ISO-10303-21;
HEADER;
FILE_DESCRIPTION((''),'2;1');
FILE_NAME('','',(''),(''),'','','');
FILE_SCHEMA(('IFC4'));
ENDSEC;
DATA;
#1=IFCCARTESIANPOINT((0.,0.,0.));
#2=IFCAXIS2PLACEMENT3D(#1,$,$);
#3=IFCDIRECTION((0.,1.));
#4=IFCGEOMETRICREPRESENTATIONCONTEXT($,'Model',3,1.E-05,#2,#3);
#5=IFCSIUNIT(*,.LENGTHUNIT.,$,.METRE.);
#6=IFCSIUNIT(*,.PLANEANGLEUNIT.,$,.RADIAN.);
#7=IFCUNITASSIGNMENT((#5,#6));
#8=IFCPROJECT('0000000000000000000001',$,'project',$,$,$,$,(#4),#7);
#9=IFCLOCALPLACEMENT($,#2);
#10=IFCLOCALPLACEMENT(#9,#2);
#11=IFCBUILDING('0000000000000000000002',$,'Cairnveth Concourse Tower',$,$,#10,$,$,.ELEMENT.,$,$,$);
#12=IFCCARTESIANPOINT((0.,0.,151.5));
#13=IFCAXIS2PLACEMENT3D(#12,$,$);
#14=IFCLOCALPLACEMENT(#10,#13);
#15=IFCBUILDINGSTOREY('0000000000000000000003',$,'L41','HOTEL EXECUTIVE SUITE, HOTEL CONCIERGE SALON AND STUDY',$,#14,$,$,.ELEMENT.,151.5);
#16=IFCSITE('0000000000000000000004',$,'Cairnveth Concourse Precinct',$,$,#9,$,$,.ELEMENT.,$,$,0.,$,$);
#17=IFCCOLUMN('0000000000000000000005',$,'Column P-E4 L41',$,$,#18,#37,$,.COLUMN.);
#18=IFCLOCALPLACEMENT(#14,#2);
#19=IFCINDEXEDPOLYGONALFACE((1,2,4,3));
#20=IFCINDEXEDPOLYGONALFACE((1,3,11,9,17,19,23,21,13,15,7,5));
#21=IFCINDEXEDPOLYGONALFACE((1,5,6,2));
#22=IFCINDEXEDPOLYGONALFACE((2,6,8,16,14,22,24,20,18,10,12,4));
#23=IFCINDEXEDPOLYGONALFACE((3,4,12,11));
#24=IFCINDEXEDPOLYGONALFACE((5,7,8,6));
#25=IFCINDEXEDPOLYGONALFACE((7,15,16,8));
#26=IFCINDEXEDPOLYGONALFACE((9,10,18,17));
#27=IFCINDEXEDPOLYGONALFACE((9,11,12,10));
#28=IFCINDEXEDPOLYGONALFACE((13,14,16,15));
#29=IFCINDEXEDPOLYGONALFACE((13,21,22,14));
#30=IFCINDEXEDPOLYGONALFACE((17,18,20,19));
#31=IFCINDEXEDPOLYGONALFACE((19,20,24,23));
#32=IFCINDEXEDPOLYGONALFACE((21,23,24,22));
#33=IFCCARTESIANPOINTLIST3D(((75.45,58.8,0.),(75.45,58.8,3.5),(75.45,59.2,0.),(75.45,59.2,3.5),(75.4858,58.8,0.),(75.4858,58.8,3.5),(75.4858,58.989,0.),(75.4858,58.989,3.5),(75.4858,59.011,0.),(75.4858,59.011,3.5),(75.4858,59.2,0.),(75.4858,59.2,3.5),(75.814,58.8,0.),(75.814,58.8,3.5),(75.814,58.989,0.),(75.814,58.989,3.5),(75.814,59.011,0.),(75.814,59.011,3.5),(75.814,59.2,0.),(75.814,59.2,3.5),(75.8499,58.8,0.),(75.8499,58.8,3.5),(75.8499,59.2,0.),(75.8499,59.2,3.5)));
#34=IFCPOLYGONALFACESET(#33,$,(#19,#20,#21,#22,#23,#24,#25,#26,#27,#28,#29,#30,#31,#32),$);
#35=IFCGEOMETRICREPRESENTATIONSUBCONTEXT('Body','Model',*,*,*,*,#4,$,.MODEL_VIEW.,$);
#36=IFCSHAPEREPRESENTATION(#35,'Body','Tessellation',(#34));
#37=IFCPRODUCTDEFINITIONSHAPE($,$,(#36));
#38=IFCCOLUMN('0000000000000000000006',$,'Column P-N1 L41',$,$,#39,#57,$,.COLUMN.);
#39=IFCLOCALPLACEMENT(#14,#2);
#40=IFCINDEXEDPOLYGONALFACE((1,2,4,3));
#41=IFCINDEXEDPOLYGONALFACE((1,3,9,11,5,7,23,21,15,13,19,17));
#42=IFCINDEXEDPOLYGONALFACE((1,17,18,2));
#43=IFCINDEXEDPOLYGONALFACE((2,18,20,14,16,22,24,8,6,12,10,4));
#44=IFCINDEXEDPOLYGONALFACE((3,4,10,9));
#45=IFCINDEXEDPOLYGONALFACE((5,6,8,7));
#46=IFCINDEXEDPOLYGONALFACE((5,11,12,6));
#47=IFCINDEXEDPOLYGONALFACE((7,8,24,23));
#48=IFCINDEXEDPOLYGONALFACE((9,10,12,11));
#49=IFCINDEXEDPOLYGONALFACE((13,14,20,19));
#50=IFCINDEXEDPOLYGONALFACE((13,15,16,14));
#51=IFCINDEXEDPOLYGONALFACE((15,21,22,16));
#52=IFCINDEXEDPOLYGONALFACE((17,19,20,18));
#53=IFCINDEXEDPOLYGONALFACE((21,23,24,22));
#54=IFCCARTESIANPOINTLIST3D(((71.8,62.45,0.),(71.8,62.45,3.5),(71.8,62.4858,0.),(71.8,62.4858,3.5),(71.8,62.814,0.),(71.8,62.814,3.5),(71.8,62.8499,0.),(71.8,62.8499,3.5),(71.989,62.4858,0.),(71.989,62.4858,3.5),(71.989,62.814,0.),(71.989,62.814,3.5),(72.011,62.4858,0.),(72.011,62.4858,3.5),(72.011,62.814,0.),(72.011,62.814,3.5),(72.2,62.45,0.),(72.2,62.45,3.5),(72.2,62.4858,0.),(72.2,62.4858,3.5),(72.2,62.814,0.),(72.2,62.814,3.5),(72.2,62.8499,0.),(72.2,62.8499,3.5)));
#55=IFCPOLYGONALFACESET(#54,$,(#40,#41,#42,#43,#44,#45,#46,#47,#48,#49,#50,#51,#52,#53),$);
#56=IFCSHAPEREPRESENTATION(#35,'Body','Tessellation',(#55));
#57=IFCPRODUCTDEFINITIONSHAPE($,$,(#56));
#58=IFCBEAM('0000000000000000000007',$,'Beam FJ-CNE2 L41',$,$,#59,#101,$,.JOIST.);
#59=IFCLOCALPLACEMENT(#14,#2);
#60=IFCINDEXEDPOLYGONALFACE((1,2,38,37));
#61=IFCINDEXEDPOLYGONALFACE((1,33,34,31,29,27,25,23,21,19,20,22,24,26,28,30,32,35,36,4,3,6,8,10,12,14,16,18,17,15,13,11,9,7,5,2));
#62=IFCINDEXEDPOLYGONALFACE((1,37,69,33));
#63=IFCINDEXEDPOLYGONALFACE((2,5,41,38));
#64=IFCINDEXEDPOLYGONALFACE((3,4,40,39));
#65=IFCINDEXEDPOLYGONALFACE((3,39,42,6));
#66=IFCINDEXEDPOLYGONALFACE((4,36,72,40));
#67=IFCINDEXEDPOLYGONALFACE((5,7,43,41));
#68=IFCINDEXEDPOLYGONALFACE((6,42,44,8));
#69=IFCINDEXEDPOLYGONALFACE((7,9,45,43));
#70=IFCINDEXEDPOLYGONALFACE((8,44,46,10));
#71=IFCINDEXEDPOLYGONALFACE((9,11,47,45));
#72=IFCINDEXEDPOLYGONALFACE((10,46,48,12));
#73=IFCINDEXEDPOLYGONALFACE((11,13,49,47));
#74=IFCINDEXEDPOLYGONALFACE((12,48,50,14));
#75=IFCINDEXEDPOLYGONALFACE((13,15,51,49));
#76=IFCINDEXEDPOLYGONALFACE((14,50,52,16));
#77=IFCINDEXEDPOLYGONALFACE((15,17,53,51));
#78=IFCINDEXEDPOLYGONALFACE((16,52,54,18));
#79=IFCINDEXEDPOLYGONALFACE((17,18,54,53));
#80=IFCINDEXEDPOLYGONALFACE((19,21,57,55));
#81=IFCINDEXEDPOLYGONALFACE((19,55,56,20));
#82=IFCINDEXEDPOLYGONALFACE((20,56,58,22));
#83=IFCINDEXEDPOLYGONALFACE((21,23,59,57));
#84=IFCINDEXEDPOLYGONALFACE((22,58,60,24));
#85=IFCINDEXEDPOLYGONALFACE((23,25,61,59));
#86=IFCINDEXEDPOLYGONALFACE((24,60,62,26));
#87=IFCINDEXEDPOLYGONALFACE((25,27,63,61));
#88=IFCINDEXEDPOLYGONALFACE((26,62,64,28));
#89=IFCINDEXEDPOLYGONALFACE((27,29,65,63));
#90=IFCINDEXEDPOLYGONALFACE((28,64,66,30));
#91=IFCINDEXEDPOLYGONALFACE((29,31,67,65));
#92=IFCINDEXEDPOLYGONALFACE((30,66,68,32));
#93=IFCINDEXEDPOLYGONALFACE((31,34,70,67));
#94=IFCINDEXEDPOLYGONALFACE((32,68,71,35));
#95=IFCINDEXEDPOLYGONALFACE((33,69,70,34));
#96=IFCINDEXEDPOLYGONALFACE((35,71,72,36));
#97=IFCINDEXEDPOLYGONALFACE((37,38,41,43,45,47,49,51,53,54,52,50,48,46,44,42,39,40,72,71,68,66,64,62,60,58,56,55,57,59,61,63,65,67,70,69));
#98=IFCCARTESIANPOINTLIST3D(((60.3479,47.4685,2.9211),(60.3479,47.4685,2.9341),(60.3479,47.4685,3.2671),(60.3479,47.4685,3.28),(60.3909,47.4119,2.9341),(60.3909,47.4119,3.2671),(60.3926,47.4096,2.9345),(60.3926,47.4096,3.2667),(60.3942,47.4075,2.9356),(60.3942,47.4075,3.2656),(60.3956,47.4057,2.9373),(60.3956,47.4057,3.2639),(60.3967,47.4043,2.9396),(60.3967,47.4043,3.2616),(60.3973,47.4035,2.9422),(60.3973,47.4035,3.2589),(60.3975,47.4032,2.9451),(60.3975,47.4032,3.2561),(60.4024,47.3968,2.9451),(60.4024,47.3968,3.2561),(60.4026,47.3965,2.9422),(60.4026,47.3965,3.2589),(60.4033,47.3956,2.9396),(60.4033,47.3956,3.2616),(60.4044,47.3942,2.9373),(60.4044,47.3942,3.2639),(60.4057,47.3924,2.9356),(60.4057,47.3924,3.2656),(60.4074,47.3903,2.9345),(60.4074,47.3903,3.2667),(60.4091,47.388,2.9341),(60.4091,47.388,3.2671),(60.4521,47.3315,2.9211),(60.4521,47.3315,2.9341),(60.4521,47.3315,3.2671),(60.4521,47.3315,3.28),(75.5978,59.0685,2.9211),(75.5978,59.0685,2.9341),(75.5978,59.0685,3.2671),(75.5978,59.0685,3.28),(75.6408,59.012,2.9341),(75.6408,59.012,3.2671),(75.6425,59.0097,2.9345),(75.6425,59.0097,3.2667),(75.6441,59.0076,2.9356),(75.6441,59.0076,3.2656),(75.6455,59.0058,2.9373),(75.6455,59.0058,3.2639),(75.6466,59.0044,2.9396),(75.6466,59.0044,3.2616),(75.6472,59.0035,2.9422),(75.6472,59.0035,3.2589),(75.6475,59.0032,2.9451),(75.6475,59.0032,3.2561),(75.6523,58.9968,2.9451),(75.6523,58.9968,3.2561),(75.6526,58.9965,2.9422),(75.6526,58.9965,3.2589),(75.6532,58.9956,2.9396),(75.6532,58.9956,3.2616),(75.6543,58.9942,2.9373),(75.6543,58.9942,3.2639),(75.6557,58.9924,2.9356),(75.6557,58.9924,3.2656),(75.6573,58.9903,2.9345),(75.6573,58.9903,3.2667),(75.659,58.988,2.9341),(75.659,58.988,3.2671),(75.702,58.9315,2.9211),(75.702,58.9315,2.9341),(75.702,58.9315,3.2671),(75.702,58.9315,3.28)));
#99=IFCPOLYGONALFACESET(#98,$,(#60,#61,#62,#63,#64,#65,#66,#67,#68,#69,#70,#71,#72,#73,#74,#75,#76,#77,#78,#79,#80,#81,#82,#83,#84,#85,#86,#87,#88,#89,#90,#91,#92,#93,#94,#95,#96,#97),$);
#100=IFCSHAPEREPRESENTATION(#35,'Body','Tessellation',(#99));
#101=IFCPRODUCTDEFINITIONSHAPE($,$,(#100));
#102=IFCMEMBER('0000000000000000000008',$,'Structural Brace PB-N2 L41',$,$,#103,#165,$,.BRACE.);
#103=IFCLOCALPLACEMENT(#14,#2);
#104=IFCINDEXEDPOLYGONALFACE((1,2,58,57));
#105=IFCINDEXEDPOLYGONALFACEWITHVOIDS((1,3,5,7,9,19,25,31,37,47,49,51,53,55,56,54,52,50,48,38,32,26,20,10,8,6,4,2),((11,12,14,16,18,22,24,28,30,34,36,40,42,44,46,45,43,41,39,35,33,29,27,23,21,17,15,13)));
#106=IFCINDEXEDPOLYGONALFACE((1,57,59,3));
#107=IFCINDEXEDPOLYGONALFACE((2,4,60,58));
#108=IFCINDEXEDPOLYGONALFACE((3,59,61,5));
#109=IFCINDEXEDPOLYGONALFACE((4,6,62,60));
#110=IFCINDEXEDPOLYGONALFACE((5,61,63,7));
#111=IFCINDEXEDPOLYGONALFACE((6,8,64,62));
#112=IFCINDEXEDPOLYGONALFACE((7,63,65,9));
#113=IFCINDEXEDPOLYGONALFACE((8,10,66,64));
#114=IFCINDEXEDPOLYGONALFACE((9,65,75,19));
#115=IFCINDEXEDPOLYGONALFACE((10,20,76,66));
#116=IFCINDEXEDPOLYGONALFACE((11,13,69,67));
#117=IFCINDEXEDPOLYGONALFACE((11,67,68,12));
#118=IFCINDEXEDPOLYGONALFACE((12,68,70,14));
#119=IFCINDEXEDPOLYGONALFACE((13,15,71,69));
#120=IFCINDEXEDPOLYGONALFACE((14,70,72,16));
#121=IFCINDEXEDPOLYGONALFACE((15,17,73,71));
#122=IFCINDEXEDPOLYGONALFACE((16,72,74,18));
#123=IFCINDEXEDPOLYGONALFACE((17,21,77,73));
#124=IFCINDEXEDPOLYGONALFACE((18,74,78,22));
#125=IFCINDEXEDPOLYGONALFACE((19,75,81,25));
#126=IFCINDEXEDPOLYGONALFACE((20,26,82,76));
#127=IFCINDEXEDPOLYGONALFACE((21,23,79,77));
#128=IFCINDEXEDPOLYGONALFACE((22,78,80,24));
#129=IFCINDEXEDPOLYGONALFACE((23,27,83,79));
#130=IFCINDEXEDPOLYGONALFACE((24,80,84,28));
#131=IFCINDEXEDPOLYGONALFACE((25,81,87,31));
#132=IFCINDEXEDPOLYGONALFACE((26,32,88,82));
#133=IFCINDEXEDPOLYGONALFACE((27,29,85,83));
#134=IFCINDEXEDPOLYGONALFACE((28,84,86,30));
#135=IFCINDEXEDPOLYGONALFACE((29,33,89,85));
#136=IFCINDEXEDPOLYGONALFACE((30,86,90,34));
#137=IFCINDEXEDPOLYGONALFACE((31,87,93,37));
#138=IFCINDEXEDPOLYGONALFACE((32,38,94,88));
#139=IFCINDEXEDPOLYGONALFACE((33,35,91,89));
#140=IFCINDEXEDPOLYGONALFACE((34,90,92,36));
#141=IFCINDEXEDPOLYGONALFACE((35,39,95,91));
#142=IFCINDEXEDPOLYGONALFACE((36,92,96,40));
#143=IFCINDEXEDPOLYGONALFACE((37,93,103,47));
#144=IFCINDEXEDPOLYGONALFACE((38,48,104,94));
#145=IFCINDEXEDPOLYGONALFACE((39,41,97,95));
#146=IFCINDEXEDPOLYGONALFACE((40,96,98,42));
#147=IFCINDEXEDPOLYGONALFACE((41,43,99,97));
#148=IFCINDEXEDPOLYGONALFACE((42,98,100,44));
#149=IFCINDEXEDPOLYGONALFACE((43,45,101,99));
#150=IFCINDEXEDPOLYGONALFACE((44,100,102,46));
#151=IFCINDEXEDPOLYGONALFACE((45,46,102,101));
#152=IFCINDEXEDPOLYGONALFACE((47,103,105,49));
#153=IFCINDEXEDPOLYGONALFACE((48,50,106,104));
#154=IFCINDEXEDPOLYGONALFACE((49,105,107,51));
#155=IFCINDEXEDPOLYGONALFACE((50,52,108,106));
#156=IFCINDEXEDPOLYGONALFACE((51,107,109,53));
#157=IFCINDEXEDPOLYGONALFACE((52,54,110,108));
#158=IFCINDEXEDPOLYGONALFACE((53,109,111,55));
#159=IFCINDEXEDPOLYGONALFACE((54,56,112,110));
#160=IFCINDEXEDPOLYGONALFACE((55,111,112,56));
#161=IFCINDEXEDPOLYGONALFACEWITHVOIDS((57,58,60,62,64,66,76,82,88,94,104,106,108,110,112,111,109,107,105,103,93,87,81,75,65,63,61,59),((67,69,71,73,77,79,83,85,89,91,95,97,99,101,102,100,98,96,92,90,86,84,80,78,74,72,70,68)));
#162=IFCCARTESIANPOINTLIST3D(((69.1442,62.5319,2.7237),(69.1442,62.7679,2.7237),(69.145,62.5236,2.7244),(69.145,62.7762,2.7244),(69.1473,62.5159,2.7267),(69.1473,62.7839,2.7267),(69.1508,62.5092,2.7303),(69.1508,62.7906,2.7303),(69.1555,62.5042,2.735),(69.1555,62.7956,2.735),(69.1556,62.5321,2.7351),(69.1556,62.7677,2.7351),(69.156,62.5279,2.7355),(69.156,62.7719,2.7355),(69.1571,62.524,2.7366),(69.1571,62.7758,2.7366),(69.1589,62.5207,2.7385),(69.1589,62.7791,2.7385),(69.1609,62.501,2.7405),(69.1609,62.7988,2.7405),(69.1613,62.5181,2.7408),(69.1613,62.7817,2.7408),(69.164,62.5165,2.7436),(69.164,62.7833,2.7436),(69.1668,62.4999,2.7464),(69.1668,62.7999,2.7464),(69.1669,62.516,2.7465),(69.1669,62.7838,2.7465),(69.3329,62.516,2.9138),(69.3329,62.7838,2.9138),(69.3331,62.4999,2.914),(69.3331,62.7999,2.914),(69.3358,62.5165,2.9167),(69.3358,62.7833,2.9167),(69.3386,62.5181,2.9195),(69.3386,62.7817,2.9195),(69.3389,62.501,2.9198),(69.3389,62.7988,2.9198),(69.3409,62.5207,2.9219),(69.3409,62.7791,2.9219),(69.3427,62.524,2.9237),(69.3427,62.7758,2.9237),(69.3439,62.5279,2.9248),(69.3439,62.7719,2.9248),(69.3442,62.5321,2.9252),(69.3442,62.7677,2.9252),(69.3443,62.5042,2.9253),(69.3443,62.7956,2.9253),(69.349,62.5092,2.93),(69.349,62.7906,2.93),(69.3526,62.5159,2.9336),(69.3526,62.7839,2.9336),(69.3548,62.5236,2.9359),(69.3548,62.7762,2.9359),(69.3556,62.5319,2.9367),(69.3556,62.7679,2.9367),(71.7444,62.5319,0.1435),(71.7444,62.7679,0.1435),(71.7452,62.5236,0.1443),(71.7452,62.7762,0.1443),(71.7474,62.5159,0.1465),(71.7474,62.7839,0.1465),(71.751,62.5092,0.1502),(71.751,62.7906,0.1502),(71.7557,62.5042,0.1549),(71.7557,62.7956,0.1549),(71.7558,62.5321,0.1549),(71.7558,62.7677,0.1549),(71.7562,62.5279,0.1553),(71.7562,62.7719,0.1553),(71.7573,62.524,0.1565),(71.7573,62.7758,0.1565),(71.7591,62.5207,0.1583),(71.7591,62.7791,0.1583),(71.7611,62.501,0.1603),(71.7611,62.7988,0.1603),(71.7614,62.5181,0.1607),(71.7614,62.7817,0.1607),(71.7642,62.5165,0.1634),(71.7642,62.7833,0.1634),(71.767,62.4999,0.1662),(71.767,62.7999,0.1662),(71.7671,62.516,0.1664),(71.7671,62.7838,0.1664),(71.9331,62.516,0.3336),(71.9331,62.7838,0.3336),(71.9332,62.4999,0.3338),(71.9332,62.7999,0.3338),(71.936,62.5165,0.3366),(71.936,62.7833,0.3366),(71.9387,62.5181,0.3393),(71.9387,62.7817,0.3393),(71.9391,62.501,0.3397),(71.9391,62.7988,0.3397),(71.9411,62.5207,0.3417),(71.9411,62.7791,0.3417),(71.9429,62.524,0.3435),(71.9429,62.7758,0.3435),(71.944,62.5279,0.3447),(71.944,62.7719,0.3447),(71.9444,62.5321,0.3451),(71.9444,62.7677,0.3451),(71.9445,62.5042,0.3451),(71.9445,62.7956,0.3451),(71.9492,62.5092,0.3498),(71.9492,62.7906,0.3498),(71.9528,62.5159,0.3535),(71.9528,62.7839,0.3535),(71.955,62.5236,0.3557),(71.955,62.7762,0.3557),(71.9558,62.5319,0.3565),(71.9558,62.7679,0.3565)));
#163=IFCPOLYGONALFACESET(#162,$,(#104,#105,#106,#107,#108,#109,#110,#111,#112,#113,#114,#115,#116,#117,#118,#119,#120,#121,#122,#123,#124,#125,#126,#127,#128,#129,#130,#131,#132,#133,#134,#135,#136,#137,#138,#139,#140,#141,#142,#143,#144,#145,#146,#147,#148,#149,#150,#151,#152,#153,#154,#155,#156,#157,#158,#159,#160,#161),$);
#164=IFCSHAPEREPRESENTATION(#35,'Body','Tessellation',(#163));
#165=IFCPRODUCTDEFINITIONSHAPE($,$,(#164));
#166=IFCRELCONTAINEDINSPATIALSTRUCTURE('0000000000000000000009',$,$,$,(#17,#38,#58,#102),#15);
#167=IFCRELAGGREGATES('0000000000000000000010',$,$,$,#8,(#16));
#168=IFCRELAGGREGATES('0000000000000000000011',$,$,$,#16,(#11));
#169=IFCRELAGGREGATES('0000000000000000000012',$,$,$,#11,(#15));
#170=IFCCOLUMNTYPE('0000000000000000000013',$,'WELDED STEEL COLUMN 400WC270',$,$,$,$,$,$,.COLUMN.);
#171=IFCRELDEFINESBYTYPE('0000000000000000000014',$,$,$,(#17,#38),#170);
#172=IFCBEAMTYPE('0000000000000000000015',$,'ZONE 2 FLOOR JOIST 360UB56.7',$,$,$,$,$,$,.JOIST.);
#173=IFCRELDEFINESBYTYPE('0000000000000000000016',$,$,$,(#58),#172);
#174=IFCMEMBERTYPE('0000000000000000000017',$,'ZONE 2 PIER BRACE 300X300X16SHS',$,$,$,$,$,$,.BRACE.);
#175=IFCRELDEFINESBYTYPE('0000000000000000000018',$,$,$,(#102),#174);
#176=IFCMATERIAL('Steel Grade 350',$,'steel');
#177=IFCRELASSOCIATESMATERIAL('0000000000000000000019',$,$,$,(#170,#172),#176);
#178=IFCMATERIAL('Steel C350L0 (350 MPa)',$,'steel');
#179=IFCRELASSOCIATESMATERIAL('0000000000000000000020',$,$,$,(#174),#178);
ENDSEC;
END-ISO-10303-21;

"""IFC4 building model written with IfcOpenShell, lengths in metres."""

from ifc_helpers import new_model, si_unit, direction, frame, origin, origin_2d, place, context, subcontext, project, spatial, hollow_rectangle, i_section, extrude, material, material_profile, profile_set, type_object, element, save


model = new_model("IFC4")

# Units and contexts
model_context = context("Model", 3, precision=1e-05, world=origin(), true_north=direction((0.0, 1.0)))
body_context = subcontext(model_context, "Body", "Model", "MODEL_VIEW")
ifc_project = project(units=[si_unit("LENGTHUNIT", "METRE"), si_unit("PLANEANGLEUNIT", "RADIAN")], contexts=[model_context])

# Site, building, storey
site_placement = place(None, origin())
site = spatial("IfcSite", under=ifc_project, at=site_placement, Name="Cairnveth Concourse Precinct", CompositionType="ELEMENT", RefElevation=0.0)
building_placement = place(site_placement, origin())
building = spatial("IfcBuilding", under=site, at=building_placement, Name="Cairnveth Concourse Tower", CompositionType="ELEMENT")
storey_placement = place(building_placement, frame((0.0, 0.0, 151.5)))
storey = spatial("IfcBuildingStorey", under=building, at=storey_placement, Name="L41", Description="HOTEL EXECUTIVE SUITE, HOTEL CONCIERGE SALON AND STUDY", CompositionType="ELEMENT", Elevation=151.5)

# Columns
ifc_material_1 = material(Name="Steel Grade 350", Category="steel")
ifc_material_profile_1 = material_profile(ifc_material_1, i_section(OverallWidth=0.3999, OverallDepth=0.3999, WebThickness=0.022, FlangeThickness=0.0359, at=origin_2d()), Name="400WC270")
ifc_profile_set_1 = profile_set([ifc_material_profile_1], Name="Steel Grade 350")
column_type = type_object("IfcColumnType", Name="WELDED STEEL COLUMN 400WC270", PredefinedType="COLUMN", material=ifc_profile_set_1)
for number, where, z_axis, x_axis, name in (
    (1, (75.6499, 59.0, 0.0), (0.0, 0.0, 1.0), (0.0, 1.0, 0.0), "Column P-E4 L41"),
    (2, (72.0, 62.6499, 0.0), (0.0, 0.0, 1.0), (1.0, 0.0, 0.0), "Column P-N1 L41"),
):
    element("IfcColumn", number, at=place(storey_placement, frame(where, z_axis=z_axis, x_axis=x_axis)), inside=storey, type_object=column_type, Name=name, PredefinedType="COLUMN", context=body_context, shape_type="SweptSolid", body=[
        extrude(i_section(OverallWidth=0.3999, OverallDepth=0.3999, WebThickness=0.022, FlangeThickness=0.0359, at=origin_2d()), origin(), (0.0, 0.0, 1.0), 3.5),
    ])

# Beam
ifc_material_profile_2 = material_profile(ifc_material_1, i_section(OverallWidth=0.1721, OverallDepth=0.3589, WebThickness=0.0081, FlangeThickness=0.0129, FilletRadius=0.011, at=origin_2d()), Name="360UB56.7")
ifc_profile_set_2 = profile_set([ifc_material_profile_2], Name="Steel Grade 350")
beam_type_1 = type_object("IfcBeamType", Name="ZONE 2 FLOOR JOIST 360UB56.7", PredefinedType="JOIST", material=ifc_profile_set_2)
beam_1_placement = place(storey_placement, frame((75.6499, 59.0, 3.1006), z_axis=(-0.795908, -0.605417, 0.0), x_axis=(0.605417, -0.795908, 0.0)))
element("IfcBeam", 3, at=beam_1_placement, inside=storey, type_object=beam_type_1, Name="Beam FJ-CNE2 L41", PredefinedType="JOIST", context=body_context, shape_type="SweptSolid", body=[
    extrude(i_section(OverallWidth=0.1721, OverallDepth=0.3589, WebThickness=0.0081, FlangeThickness=0.0129, FilletRadius=0.011, at=origin_2d()), origin(), (0.0, 0.0, 1.0), 19.1604),
])

# Member
ifc_material_2 = material(Name="Steel C350L0 (350 MPa)", Category="steel")
ifc_material_profile_3 = material_profile(ifc_material_2, hollow_rectangle(XDim=0.3, YDim=0.3, WallThickness=0.0161, InnerFilletRadius=0.0161, OuterFilletRadius=0.032, at=origin_2d()), Name="300x300x16.0SHS")
ifc_profile_set_3 = profile_set([ifc_material_profile_3], Name="Steel C350L0 (350 MPa)")
member_type = type_object("IfcMemberType", Name="ZONE 2 PIER BRACE 300X300X16SHS", PredefinedType="BRACE", material=ifc_profile_set_3)
for number, where, z_axis, x_axis, name in (
    (4, (71.8501, 62.6499, 0.25), (-0.709834, 0.0, 0.704369), (0.0, -1.0, 0.0), "Structural Brace PB-N2 L41"),
):
    element("IfcMember", number, at=place(storey_placement, frame(where, z_axis=z_axis, x_axis=x_axis)), inside=storey, type_object=member_type, Name=name, PredefinedType="BRACE", context=body_context, shape_type="SweptSolid", body=[
        extrude(hollow_rectangle(XDim=0.3, YDim=0.3, WallThickness=0.0161, InnerFilletRadius=0.0161, OuterFilletRadius=0.032, at=origin_2d()), origin(), (0.0, 0.0, 1.0), 3.6631),
    ])

save(model, "model.ifc")
